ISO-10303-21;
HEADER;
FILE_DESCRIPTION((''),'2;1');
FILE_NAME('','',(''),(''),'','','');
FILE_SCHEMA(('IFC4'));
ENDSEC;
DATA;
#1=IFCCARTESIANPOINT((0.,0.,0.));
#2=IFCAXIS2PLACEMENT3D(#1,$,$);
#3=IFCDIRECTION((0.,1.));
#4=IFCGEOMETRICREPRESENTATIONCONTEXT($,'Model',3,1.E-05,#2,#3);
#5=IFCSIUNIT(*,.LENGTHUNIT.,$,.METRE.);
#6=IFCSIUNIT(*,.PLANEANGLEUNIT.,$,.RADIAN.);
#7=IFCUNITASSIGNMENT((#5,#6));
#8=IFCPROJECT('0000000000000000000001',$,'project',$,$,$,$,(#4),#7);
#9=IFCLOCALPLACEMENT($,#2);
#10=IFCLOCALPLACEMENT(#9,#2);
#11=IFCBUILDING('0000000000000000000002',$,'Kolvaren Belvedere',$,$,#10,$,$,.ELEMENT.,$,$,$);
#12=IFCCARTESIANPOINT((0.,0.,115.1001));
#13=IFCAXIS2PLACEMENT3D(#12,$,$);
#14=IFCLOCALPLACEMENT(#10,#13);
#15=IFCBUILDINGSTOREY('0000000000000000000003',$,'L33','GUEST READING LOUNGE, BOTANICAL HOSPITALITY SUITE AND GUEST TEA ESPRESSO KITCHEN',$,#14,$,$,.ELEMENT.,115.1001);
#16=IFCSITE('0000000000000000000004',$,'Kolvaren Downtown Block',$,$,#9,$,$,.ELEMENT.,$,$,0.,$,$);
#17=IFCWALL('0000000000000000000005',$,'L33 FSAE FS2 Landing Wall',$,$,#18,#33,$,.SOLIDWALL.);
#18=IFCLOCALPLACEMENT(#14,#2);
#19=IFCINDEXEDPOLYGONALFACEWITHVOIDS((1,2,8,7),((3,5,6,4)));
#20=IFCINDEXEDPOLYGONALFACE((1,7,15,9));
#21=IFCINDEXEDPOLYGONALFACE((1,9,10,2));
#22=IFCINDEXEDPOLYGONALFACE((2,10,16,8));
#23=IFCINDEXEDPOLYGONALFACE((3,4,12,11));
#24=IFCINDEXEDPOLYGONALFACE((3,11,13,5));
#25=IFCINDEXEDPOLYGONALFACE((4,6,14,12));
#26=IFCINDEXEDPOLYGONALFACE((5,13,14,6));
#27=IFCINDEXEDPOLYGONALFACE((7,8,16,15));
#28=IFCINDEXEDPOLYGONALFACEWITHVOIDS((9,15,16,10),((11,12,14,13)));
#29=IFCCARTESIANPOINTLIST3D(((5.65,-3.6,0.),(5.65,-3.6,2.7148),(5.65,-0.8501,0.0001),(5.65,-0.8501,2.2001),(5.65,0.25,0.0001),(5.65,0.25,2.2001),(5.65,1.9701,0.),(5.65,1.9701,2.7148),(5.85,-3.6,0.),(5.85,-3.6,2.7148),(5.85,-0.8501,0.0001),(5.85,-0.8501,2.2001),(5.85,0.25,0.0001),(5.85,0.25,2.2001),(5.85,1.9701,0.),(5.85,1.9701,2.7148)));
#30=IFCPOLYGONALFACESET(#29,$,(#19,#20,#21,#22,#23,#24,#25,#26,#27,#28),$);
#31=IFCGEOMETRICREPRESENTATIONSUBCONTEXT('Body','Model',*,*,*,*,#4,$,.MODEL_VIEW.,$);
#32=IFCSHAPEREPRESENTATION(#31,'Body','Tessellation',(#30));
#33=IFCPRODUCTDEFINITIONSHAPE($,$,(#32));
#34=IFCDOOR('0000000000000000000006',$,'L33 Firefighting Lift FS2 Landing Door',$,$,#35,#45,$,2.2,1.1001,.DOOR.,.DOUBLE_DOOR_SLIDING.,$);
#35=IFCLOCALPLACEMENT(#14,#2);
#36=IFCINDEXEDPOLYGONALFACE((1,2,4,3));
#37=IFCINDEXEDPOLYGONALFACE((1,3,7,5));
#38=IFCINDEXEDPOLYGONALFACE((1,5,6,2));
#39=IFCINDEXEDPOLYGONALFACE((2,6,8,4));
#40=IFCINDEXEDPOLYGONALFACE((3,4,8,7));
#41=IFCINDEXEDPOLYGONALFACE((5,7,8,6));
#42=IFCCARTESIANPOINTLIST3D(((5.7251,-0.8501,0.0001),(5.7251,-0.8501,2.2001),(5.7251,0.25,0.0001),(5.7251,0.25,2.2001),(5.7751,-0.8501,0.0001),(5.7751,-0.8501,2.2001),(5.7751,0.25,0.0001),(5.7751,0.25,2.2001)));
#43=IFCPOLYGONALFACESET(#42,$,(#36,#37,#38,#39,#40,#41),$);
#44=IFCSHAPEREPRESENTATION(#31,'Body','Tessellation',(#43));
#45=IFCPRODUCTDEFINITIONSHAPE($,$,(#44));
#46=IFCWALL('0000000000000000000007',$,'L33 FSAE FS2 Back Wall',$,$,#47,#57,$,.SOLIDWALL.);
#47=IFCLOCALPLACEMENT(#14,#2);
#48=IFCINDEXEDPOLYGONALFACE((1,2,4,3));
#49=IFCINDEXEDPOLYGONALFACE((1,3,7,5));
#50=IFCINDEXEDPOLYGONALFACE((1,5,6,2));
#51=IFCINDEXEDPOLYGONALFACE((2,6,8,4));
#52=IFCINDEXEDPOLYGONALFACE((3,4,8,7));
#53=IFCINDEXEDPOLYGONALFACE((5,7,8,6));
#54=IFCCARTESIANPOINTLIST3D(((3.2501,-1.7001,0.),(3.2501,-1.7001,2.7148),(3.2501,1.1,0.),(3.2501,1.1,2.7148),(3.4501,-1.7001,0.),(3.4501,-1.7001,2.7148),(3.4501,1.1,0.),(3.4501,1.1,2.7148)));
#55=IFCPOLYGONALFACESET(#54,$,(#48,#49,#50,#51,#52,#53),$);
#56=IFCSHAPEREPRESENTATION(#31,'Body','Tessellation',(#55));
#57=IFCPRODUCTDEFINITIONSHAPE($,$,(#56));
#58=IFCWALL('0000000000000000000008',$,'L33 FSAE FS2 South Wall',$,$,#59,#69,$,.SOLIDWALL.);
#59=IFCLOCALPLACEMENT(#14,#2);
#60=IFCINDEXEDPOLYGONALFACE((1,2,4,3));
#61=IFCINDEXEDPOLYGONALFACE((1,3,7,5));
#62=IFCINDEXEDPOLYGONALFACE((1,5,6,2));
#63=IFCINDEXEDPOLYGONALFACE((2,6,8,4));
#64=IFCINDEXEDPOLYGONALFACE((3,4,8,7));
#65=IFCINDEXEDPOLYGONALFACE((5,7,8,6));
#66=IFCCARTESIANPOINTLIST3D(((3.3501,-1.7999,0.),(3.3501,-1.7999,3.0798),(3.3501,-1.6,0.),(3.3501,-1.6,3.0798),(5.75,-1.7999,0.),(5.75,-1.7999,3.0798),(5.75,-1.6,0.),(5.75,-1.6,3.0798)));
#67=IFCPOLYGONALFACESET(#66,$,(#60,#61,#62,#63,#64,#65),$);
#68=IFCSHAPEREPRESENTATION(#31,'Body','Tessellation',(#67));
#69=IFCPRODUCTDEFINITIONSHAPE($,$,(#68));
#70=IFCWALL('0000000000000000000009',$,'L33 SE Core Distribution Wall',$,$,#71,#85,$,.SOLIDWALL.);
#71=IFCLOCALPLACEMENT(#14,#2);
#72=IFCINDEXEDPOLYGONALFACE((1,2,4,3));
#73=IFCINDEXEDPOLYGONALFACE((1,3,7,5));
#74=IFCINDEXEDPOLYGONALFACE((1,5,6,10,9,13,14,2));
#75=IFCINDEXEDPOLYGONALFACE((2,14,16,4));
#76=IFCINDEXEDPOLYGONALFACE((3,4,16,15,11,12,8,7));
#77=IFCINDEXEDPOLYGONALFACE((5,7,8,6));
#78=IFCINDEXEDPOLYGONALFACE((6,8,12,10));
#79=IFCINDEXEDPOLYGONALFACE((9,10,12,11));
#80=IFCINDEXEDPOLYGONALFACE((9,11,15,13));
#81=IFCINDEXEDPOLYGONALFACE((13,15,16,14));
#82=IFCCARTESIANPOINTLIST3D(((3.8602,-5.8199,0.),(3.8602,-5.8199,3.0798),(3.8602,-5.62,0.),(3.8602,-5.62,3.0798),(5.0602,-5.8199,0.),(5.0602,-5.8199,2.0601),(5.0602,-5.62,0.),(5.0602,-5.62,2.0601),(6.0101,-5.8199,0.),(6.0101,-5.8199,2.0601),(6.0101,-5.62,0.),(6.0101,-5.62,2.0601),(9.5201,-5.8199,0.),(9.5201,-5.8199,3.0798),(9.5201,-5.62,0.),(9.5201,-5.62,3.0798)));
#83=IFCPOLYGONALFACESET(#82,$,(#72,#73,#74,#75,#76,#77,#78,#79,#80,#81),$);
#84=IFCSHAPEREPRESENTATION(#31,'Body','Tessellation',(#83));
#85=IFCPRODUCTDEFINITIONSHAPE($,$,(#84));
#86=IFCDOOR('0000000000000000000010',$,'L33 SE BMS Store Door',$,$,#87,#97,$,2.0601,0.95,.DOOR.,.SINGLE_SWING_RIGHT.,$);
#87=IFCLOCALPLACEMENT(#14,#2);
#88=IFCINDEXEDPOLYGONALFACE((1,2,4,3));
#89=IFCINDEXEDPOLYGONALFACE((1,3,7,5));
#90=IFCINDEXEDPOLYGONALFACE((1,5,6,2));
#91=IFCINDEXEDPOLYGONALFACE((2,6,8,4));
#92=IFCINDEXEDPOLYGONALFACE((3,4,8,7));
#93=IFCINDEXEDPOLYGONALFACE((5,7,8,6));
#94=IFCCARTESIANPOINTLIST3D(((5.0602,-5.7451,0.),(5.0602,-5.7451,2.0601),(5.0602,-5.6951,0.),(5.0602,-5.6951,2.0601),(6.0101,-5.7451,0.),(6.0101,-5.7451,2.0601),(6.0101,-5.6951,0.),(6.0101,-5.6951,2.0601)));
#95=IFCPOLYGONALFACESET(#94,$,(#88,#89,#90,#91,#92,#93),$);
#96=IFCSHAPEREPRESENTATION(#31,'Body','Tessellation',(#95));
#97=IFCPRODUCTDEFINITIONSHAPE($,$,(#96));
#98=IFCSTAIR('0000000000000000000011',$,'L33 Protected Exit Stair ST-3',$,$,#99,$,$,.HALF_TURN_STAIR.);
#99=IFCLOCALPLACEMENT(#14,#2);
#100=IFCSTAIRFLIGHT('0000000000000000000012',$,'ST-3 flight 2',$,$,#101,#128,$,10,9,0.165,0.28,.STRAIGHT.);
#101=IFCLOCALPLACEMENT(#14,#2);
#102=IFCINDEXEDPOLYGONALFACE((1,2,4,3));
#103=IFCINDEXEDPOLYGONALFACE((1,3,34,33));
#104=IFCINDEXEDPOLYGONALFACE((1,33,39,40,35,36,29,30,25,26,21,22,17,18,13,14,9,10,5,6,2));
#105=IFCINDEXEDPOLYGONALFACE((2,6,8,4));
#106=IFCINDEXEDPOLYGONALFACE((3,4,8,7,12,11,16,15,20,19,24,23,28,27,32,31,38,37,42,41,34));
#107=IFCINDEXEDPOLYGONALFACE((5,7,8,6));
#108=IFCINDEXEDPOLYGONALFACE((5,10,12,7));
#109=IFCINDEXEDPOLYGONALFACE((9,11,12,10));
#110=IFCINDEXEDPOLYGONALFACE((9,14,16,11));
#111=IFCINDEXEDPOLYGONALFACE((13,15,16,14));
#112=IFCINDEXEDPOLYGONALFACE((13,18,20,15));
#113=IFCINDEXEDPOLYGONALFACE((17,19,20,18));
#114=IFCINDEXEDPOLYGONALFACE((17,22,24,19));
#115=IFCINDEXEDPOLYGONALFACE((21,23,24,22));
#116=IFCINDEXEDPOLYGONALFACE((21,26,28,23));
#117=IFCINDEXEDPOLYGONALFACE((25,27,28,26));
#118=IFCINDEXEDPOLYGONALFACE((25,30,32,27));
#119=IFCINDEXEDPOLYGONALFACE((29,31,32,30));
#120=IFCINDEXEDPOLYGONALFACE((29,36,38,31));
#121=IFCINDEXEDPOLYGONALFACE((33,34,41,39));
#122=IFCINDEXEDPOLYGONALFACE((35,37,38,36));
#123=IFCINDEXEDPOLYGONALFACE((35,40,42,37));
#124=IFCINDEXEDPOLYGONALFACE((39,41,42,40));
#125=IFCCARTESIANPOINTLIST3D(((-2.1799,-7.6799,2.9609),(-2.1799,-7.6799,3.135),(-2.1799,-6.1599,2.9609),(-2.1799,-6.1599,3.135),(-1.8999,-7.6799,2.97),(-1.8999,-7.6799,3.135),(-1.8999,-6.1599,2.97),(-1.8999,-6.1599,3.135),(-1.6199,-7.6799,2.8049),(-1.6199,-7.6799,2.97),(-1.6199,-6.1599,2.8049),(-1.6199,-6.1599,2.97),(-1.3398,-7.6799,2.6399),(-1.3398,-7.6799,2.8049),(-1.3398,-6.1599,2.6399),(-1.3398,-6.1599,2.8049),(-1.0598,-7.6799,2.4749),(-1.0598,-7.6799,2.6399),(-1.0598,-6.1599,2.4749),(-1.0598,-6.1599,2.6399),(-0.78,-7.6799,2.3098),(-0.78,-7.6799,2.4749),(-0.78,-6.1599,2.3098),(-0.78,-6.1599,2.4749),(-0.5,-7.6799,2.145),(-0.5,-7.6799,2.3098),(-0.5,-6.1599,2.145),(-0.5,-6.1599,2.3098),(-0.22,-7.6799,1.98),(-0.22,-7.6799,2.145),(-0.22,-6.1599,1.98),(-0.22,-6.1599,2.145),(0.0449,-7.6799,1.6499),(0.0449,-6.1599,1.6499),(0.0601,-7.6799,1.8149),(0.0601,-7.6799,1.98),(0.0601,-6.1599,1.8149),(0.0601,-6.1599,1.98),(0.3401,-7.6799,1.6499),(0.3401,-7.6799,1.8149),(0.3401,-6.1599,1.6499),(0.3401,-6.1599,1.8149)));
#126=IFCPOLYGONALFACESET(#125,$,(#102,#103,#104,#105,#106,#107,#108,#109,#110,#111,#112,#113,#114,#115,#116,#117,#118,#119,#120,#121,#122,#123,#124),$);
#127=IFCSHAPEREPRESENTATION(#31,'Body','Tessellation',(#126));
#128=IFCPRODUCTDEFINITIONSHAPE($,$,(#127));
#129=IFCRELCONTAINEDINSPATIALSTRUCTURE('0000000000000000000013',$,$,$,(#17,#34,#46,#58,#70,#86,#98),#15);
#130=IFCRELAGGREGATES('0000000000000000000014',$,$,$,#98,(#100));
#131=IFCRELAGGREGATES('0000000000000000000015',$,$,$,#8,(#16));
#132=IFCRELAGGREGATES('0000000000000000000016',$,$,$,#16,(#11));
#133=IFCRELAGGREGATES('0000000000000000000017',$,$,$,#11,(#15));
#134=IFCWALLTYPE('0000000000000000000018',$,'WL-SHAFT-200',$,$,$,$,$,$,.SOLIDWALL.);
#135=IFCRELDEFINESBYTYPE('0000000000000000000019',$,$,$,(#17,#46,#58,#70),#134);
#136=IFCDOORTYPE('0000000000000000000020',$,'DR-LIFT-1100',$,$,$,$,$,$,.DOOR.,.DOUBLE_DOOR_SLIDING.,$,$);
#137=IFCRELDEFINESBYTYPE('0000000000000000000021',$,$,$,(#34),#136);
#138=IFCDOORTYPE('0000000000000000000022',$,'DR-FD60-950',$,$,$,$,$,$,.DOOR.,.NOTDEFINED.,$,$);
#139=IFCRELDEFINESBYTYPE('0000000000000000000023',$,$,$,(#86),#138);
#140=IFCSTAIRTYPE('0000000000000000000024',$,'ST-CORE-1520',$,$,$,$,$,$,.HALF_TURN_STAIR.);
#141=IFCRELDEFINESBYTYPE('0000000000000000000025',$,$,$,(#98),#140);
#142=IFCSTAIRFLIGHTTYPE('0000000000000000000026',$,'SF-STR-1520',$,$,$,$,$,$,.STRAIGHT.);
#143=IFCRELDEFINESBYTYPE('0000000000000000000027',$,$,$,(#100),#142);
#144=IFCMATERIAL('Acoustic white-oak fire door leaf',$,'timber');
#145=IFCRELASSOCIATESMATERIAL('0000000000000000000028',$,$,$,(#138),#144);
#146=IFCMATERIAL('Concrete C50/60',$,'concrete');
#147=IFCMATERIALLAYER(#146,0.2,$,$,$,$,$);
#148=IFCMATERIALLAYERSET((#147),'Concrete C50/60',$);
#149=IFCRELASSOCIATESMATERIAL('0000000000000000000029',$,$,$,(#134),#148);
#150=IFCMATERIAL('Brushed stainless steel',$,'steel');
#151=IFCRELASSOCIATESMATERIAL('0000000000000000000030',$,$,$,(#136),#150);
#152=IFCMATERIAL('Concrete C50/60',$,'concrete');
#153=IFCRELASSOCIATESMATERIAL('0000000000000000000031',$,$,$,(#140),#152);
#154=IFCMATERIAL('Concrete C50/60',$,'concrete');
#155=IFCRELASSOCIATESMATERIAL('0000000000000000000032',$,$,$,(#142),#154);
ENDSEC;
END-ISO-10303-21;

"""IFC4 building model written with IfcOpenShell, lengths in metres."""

from ifc_helpers import new_model, si_unit, direction, frame, frame_2d, origin, place, context, subcontext, project, spatial, polyline, rectangle, outline, extrude, material, layer, layer_set, type_object, element, fill, aggregate, save


model = new_model("IFC4")

# Units and contexts
model_context = context("Model", 3, precision=1e-05, world=origin(), true_north=direction((0.0, 1.0)))
body_context = subcontext(model_context, "Body", "Model", "MODEL_VIEW")
ifc_project = project(units=[si_unit("LENGTHUNIT", "METRE"), si_unit("PLANEANGLEUNIT", "RADIAN")], contexts=[model_context])

# Site, building, storey
site_placement = place(None, origin())
site = spatial("IfcSite", under=ifc_project, at=site_placement, Name="Kolvaren Downtown Block", CompositionType="ELEMENT", RefElevation=0.0)
building_placement = place(site_placement, origin())
building = spatial("IfcBuilding", under=site, at=building_placement, Name="Kolvaren Belvedere", CompositionType="ELEMENT")
storey_placement = place(building_placement, frame((0.0, 0.0, 115.1001)))
storey = spatial("IfcBuildingStorey", under=building, at=storey_placement, Name="L33", Description="GUEST READING LOUNGE, BOTANICAL HOSPITALITY SUITE AND GUEST TEA ESPRESSO KITCHEN", CompositionType="ELEMENT", Elevation=115.1001)

# Shared definitions
ifc_material_1 = material(Name="Acoustic white-oak fire door leaf", Category="timber")
door_type_1 = type_object("IfcDoorType", Name="DR-FD60-950", OperationType="NOTDEFINED", PredefinedType="DOOR", material=ifc_material_1)

# Wall, opening, door
ifc_material_2 = material(Name="Concrete C50/60", Category="concrete")
ifc_layer_1 = layer(ifc_material_2, 0.2)
ifc_layer_set_1 = layer_set([ifc_layer_1], Name="Concrete C50/60")
wall_type_1 = type_object("IfcWallType", Name="WL-SHAFT-200", PredefinedType="SOLIDWALL", material=ifc_layer_set_1)
wall_1_placement = place(storey_placement, frame((5.75, -3.6001, 0.0), z_axis=(0.0, 0.0, 1.0), x_axis=(0.0, 1.0, 0.0)))
wall_1 = element("IfcWall", 1, at=wall_1_placement, inside=storey, type_object=wall_type_1, Name="L33 FSAE FS2 Landing Wall", PredefinedType="SOLIDWALL", context=body_context, shape_type="SweptSolid", body=[
    extrude(rectangle(XDim=5.5701, YDim=0.2, at=frame_2d((2.7852, 0.0))), origin(), (0.0, 0.0, 1.0), 2.7148),
])
opening_1_placement = place(wall_1_placement, frame((2.75, 0.0, 0.0)))
opening_1 = element("IfcOpeningElement", 2, at=opening_1_placement, cuts=wall_1, PredefinedType="OPENING", context=body_context, shape_type="SweptSolid", body=[
    extrude(rectangle(XDim=1.1001, YDim=2.2, at=frame_2d((0.55, 1.1001))), frame((0.0, 0.1099, 0.0), z_axis=(0.0, -1.0, 0.0), x_axis=(1.0, 0.0, 0.0)), (0.0, 0.0, 1.0), 0.22),
])
ifc_material_3 = material(Name="Brushed stainless steel", Category="steel")
door_type_2 = type_object("IfcDoorType", Name="DR-LIFT-1100", OperationType="DOUBLE_DOOR_SLIDING", PredefinedType="DOOR", material=ifc_material_3)
door_1_placement = place(opening_1_placement, origin())
door_1 = element("IfcDoor", 3, at=door_1_placement, inside=storey, type_object=door_type_2, Name="L33 Firefighting Lift FS2 Landing Door", OperationType="DOUBLE_DOOR_SLIDING", OverallHeight=2.2, OverallWidth=1.1001, PredefinedType="DOOR", context=body_context, shape_type="SweptSolid", body=[
    extrude(rectangle(XDim=1.1001, YDim=2.2, at=frame_2d((0.55, 1.1001))), frame((0.0, 0.0249, 0.0), z_axis=(0.0, -1.0, 0.0), x_axis=(1.0, 0.0, 0.0)), (0.0, 0.0, 1.0), 0.05),
])
fill(opening_1, door_1)

# Walls
wall_2_placement = place(storey_placement, frame((3.3501, -1.7, 0.0), z_axis=(0.0, 0.0, 1.0), x_axis=(0.0, 1.0, 0.0)))
element("IfcWall", 4, at=wall_2_placement, inside=storey, type_object=wall_type_1, Name="L33 FSAE FS2 Back Wall", PredefinedType="SOLIDWALL", context=body_context, shape_type="SweptSolid", body=[
    extrude(rectangle(XDim=2.8, YDim=0.2, at=frame_2d((1.3999, 0.0))), origin(), (0.0, 0.0, 1.0), 2.7148),
])
wall_3_placement = place(storey_placement, frame((3.3501, -1.7, 0.0), z_axis=(0.0, 0.0, 1.0), x_axis=(1.0, 0.0, 0.0)))
element("IfcWall", 5, at=wall_3_placement, inside=storey, type_object=wall_type_1, Name="L33 FSAE FS2 South Wall", PredefinedType="SOLIDWALL", context=body_context, shape_type="SweptSolid", body=[
    extrude(rectangle(XDim=2.3999, YDim=0.2, at=frame_2d((1.2, 0.0))), origin(), (0.0, 0.0, 1.0), 3.0798),
])

# Wall, opening, door
wall_4_placement = place(storey_placement, frame((3.8601, -5.72, 0.0), z_axis=(0.0, 0.0, 1.0), x_axis=(1.0, 0.0, 0.0)))
wall_4 = element("IfcWall", 6, at=wall_4_placement, inside=storey, type_object=wall_type_1, Name="L33 SE Core Distribution Wall", PredefinedType="SOLIDWALL", context=body_context, shape_type="SweptSolid", body=[
    extrude(rectangle(XDim=5.6599, YDim=0.2, at=frame_2d((2.8301, 0.0))), origin(), (0.0, 0.0, 1.0), 3.0798),
])
opening_2_placement = place(wall_4_placement, frame((1.2, 0.0, 0.0)))
opening_2 = element("IfcOpeningElement", 7, at=opening_2_placement, cuts=wall_4, PredefinedType="OPENING", context=body_context, shape_type="SweptSolid", body=[
    extrude(rectangle(XDim=0.95, YDim=2.0601, at=frame_2d((0.4751, 1.03))), frame((0.0, 0.1099, 0.0), z_axis=(0.0, -1.0, 0.0), x_axis=(1.0, 0.0, 0.0)), (0.0, 0.0, 1.0), 0.22),
])
door_2_placement = place(opening_2_placement, origin())
door_2 = element("IfcDoor", 8, at=door_2_placement, inside=storey, type_object=door_type_1, Name="L33 SE BMS Store Door", OperationType="SINGLE_SWING_RIGHT", OverallHeight=2.0601, OverallWidth=0.95, PredefinedType="DOOR", context=body_context, shape_type="SweptSolid", body=[
    extrude(rectangle(XDim=0.95, YDim=2.0601, at=frame_2d((0.4751, 1.03))), frame((0.0, 0.0249, 0.0), z_axis=(0.0, -1.0, 0.0), x_axis=(1.0, 0.0, 0.0)), (0.0, 0.0, 1.0), 0.05),
])
fill(opening_2, door_2)

# Stair, stair flight
ifc_material_4 = material(Name="Concrete C50/60", Category="concrete")
stair_type = type_object("IfcStairType", Name="ST-CORE-1520", PredefinedType="HALF_TURN_STAIR", material=ifc_material_4)
stair_placement = place(storey_placement, origin())
stair = element("IfcStair", 9, at=stair_placement, inside=storey, type_object=stair_type, Name="L33 Protected Exit Stair ST-3", PredefinedType="HALF_TURN_STAIR")
ifc_material_5 = material(Name="Concrete C50/60", Category="concrete")
stair_flight_type = type_object("IfcStairFlightType", Name="SF-STR-1520", PredefinedType="STRAIGHT", material=ifc_material_5)
stair_flight_placement = place(storey_placement, frame((0.3401, -6.9199, 1.6499), z_axis=(0.0, 0.0, 1.0), x_axis=(-1.0, 0.0, 0.0)))
stair_flight = element("IfcStairFlight", 10, at=stair_flight_placement, type_object=stair_flight_type, Name="ST-3 flight 2", NumberOfRisers=10, NumberOfTreads=9, PredefinedType="STRAIGHT", RiserHeight=0.165, TreadLength=0.28, context=body_context, shape_type="SweptSolid", body=[
    extrude(outline(polyline([(0.0, 0.0), (0.0, 0.165), (0.28, 0.165), (0.28, 0.3301), (0.5601, 0.3301), (0.5601, 0.4951), (0.8401, 0.4951), (0.8401, 0.6599), (1.1201, 0.6599), (1.1201, 0.825), (1.3999, 0.825), (1.3999, 0.99), (1.6799, 0.99), (1.6799, 1.155), (1.96, 1.155), (1.96, 1.3201), (2.24, 1.3201), (2.24, 1.4851), (2.52, 1.4851), (2.52, 1.6499), (2.52, 1.311), (0.2952, 0.0), (0.0, 0.0)])), frame((0.0, 0.76, 0.0), z_axis=(0.0, -1.0, 0.0), x_axis=(1.0, 0.0, 0.0)), (0.0, 0.0, 1.0), 1.52),
])
aggregate(stair, [stair_flight])

save(model, "model.ifc")
